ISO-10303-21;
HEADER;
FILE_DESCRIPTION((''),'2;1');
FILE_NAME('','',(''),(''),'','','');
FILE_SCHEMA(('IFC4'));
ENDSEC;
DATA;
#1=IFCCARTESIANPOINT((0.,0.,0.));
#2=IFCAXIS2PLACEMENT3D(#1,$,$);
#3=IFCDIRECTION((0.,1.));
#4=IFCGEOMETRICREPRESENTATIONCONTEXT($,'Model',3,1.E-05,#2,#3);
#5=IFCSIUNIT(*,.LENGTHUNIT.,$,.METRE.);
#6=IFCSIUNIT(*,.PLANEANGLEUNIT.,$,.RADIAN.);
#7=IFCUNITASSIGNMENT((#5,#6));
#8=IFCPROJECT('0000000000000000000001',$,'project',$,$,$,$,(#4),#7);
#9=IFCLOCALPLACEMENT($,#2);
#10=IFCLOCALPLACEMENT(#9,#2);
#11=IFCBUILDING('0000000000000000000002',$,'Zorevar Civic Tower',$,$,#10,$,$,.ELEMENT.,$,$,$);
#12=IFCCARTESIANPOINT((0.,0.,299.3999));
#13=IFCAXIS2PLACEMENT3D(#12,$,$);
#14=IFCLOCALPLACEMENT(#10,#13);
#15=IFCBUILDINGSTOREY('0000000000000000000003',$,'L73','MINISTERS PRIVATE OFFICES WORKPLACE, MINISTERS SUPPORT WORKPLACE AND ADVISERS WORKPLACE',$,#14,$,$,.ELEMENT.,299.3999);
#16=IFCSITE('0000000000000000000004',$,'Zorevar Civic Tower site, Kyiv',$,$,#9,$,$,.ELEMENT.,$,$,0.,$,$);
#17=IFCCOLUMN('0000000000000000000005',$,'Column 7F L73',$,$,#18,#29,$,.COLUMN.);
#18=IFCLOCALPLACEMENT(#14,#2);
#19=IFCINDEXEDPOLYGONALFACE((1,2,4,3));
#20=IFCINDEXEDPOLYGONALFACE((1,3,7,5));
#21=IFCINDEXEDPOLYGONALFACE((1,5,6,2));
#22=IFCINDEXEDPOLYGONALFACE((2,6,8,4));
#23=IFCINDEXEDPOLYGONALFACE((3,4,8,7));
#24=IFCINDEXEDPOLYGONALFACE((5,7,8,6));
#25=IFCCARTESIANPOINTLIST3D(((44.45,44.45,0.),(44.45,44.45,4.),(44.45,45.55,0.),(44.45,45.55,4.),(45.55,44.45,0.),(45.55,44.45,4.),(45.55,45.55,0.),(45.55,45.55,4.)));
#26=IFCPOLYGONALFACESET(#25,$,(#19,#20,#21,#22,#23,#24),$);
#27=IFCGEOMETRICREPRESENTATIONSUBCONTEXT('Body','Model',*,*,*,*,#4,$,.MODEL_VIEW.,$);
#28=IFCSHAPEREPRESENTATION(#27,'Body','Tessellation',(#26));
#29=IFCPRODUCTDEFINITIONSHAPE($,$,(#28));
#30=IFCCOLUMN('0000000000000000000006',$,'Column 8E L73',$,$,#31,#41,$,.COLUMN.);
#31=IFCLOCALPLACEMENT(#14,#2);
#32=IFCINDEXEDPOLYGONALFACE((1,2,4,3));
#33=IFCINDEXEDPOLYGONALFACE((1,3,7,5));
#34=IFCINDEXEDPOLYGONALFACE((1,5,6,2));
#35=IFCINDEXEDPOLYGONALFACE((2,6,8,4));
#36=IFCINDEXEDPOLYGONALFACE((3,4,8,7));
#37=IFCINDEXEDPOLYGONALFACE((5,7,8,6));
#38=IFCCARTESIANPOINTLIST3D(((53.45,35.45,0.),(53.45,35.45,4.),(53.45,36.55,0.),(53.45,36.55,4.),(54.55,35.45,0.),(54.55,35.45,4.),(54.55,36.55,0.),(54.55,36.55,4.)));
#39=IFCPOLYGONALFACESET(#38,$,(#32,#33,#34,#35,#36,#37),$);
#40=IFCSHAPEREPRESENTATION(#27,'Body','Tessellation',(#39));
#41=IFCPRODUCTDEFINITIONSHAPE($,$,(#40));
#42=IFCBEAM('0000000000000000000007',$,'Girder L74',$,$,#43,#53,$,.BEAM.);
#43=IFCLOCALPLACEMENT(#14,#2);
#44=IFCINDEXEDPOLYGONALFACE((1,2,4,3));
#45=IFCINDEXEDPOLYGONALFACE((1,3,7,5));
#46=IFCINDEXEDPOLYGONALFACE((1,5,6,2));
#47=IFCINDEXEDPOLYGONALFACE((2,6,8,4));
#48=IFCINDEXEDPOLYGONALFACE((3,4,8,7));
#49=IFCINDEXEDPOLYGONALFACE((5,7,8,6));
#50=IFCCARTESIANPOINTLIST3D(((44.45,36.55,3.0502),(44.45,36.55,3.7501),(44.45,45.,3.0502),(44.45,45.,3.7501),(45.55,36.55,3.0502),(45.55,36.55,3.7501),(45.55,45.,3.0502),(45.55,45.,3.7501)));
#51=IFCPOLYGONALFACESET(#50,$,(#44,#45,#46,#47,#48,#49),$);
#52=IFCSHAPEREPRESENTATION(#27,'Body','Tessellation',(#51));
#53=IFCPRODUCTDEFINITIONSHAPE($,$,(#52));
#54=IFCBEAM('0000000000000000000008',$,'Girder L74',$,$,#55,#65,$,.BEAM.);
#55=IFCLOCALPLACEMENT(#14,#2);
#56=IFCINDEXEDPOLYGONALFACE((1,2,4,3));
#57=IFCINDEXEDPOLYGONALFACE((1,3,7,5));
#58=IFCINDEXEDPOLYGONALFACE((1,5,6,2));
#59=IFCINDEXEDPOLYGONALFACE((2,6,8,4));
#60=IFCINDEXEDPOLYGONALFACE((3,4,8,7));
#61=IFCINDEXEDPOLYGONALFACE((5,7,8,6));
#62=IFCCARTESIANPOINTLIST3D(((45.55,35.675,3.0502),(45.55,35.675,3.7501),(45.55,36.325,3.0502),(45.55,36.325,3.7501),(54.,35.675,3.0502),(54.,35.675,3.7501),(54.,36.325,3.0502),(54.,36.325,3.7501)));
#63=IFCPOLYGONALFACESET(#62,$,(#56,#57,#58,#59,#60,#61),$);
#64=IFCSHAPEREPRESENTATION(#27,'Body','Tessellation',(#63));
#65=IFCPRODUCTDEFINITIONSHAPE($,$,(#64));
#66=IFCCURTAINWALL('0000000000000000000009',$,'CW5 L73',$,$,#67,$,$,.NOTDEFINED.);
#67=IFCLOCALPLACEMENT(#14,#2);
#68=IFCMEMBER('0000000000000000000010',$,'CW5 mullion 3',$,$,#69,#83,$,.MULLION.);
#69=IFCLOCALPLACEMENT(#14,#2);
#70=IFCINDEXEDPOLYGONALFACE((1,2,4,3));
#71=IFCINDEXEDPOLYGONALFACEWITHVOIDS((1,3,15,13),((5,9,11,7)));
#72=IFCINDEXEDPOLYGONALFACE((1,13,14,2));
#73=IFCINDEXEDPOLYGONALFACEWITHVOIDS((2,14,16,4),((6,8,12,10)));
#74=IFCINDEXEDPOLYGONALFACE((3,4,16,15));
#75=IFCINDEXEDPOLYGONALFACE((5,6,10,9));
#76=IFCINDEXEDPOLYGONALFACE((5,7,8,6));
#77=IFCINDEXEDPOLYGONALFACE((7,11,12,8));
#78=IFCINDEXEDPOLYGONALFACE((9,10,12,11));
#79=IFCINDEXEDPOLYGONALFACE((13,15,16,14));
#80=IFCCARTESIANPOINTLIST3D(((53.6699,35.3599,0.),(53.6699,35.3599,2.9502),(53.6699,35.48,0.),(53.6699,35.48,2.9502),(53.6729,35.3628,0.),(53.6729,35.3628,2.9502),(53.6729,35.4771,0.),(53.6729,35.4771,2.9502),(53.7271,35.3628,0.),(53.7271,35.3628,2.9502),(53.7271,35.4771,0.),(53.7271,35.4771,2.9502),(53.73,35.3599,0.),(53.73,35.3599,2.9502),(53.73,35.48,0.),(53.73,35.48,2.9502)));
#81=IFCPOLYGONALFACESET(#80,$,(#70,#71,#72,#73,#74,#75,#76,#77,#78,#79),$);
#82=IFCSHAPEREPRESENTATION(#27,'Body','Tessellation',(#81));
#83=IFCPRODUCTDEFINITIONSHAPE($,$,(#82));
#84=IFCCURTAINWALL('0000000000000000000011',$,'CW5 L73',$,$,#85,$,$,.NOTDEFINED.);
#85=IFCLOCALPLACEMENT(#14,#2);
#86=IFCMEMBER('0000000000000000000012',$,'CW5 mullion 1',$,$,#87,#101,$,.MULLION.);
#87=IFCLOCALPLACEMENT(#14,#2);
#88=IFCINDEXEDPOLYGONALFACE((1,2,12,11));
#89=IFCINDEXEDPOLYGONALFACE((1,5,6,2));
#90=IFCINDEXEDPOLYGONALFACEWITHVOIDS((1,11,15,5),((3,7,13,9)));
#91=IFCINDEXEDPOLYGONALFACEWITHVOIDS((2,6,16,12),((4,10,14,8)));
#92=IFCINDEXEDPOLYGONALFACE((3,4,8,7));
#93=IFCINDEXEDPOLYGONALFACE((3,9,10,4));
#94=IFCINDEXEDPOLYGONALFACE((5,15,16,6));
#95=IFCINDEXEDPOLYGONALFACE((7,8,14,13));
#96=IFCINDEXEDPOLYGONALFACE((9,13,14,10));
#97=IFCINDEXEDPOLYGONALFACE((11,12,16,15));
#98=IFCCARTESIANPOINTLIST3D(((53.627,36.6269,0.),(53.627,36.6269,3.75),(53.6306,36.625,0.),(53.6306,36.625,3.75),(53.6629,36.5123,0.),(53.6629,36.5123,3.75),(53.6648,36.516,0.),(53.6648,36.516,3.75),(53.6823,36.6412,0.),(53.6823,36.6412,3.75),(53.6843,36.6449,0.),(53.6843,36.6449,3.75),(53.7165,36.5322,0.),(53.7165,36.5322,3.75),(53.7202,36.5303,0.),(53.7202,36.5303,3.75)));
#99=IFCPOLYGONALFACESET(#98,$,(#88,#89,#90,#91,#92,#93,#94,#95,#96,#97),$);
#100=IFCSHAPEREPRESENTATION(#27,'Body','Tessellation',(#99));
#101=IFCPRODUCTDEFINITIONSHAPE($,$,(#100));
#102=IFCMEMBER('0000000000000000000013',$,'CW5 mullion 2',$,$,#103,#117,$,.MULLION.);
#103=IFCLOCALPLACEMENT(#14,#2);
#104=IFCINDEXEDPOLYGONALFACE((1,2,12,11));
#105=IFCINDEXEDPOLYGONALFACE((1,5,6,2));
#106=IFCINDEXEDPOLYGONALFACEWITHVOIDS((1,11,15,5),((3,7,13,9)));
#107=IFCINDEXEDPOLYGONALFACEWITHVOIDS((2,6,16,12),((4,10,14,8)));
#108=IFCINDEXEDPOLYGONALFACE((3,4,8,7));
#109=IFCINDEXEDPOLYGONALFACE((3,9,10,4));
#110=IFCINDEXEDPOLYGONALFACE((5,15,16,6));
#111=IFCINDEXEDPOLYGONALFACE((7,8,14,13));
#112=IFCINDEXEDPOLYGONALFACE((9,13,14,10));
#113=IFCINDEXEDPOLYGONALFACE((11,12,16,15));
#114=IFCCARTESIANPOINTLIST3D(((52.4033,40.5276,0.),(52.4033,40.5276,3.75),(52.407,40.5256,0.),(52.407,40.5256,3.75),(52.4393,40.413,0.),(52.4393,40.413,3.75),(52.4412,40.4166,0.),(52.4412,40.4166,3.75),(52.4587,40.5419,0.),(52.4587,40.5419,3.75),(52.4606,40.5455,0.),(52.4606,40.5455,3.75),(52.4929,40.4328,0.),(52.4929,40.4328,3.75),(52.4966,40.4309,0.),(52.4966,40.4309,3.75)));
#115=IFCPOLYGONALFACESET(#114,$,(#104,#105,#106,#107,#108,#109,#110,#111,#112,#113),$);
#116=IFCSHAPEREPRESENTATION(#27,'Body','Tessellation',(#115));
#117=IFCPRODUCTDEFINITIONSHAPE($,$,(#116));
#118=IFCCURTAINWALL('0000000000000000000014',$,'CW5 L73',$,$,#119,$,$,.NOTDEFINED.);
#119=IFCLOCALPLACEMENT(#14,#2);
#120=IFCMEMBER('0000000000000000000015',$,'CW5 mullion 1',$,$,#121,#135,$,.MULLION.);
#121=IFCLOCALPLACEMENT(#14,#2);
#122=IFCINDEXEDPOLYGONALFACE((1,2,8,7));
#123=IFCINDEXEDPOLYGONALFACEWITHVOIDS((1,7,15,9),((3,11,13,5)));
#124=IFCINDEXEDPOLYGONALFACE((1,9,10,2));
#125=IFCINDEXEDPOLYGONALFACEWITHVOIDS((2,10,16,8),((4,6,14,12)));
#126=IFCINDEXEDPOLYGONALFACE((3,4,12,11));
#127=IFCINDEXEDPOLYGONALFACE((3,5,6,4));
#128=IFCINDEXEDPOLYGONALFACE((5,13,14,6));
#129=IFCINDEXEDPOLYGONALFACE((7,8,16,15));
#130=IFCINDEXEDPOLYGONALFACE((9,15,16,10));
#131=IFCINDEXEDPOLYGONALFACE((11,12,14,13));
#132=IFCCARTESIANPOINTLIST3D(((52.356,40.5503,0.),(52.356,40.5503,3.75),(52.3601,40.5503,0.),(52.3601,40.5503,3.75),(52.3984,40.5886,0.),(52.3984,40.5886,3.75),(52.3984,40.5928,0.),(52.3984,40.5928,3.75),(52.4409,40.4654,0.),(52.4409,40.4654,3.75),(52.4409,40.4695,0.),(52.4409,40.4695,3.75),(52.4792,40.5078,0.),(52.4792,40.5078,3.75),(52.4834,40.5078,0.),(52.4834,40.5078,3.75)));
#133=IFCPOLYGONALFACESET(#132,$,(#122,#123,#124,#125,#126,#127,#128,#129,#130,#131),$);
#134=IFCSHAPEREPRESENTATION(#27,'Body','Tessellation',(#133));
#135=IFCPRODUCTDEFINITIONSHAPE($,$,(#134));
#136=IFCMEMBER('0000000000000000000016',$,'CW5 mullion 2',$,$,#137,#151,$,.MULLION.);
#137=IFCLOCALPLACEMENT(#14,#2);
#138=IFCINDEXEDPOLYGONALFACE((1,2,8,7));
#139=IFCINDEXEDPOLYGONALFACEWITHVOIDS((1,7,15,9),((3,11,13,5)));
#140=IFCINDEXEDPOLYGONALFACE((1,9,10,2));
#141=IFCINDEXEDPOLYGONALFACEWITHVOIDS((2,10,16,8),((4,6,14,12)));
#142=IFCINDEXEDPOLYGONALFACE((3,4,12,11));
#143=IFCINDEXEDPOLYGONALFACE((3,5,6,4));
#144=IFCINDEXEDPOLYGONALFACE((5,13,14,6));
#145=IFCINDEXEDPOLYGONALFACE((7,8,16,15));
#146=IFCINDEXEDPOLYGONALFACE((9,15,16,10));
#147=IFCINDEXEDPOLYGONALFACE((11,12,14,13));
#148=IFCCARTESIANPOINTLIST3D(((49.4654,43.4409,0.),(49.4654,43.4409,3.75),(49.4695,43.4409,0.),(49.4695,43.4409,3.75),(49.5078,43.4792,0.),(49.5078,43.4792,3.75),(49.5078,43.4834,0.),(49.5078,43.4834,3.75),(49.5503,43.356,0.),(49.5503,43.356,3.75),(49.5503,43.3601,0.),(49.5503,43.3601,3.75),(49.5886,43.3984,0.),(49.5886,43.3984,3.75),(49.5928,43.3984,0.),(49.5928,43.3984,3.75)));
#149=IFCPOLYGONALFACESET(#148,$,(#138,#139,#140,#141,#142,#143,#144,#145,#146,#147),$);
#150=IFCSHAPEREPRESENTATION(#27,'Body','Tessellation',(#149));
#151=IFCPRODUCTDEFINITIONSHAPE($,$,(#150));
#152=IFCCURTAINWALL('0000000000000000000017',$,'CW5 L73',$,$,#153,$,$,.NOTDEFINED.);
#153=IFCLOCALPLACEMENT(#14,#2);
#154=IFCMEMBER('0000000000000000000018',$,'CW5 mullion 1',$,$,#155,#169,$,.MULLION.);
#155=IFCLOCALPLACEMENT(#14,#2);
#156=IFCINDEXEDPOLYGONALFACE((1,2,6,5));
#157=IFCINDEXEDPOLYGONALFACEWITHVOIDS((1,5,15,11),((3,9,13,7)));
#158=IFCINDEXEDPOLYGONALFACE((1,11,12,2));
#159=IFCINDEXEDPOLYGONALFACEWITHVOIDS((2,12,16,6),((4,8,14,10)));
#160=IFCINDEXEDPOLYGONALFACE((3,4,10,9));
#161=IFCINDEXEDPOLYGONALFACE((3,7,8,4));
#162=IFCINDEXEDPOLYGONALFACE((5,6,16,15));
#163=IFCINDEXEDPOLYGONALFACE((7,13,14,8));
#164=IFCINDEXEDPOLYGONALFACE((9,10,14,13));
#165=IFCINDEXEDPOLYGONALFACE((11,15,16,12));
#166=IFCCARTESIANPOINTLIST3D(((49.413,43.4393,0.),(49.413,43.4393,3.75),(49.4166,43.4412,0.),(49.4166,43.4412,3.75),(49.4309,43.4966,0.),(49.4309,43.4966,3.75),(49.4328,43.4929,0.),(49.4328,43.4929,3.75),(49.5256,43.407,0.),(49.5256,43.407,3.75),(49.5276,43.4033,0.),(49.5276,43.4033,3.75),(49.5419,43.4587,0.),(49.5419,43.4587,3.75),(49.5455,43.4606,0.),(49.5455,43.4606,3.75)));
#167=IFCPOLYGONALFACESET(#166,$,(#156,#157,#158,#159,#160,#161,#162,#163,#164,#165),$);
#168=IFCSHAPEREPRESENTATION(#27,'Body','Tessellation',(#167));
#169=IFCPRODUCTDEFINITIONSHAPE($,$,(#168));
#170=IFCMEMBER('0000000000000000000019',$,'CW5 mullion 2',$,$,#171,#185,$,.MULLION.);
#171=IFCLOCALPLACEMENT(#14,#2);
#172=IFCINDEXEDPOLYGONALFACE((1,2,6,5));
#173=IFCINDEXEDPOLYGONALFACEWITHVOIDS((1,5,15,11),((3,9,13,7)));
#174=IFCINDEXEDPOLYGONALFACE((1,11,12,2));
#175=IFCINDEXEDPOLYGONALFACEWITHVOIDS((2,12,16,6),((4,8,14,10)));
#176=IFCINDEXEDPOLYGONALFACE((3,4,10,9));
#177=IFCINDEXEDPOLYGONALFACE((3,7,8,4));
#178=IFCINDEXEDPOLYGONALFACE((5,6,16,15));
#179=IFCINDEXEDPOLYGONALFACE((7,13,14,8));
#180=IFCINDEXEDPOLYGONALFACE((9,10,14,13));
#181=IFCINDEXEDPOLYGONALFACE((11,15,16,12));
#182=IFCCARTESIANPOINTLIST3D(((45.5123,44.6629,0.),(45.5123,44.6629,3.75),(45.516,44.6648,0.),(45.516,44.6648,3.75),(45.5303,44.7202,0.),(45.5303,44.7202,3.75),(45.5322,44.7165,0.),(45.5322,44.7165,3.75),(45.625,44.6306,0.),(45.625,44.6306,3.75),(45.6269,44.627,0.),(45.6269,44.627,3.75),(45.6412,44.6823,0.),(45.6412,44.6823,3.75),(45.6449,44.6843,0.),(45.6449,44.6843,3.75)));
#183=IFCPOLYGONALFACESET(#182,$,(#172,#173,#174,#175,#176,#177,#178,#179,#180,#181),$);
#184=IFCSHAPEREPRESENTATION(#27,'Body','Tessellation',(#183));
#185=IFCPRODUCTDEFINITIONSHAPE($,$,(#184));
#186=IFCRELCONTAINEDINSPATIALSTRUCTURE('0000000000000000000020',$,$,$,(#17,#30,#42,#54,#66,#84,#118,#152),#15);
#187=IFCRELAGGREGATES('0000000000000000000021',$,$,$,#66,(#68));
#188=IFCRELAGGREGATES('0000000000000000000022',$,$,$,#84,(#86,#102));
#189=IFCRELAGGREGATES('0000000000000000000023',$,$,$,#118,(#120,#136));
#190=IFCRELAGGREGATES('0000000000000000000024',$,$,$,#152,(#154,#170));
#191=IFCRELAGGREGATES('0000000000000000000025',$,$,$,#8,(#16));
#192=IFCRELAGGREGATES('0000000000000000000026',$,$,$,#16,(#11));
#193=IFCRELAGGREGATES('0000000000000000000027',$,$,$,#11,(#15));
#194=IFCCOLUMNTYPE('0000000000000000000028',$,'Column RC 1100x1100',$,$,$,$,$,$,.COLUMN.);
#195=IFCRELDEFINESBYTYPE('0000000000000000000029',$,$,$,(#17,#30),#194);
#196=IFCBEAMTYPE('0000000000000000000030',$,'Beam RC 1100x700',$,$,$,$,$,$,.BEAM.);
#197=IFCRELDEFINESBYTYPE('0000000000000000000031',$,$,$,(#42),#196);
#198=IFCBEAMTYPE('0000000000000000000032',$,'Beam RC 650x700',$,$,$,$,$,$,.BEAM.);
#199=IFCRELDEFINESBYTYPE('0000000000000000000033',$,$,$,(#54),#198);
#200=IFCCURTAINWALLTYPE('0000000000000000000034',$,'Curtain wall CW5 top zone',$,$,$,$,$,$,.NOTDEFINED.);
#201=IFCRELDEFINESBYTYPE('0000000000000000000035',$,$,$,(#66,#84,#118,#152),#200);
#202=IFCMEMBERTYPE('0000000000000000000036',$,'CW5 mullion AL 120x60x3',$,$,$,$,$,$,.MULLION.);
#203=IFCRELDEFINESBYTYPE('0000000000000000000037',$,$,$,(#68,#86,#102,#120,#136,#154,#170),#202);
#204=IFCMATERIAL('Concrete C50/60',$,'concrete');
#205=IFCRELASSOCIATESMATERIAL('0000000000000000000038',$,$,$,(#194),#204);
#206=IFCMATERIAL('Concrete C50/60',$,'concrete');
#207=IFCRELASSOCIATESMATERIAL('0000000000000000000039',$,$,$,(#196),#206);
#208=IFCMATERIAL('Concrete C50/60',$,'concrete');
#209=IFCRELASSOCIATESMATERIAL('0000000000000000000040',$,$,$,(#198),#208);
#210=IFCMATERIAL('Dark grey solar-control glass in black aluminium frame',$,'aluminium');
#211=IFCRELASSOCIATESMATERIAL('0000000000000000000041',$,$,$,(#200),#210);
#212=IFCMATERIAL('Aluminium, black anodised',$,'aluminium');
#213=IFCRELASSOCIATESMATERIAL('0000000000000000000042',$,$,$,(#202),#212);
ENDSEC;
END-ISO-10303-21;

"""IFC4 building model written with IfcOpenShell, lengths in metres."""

from ifc_helpers import new_model, si_unit, direction, frame, origin, origin_2d, place, context, subcontext, project, spatial, rectangle, hollow_rectangle, extrude, material, material_profile, profile_set, type_object, element, aggregate, save


model = new_model("IFC4")

# Units and contexts
model_context = context("Model", 3, precision=1e-05, world=origin(), true_north=direction((0.0, 1.0)))
body_context = subcontext(model_context, "Body", "Model", "MODEL_VIEW")
ifc_project = project(units=[si_unit("LENGTHUNIT", "METRE"), si_unit("PLANEANGLEUNIT", "RADIAN")], contexts=[model_context])

# Site, building, storey
site_placement = place(None, origin())
site = spatial("IfcSite", under=ifc_project, at=site_placement, Name="Zorevar Civic Tower site, Kyiv", CompositionType="ELEMENT", RefElevation=0.0)
building_placement = place(site_placement, origin())
building = spatial("IfcBuilding", under=site, at=building_placement, Name="Zorevar Civic Tower", CompositionType="ELEMENT")
storey_placement = place(building_placement, frame((0.0, 0.0, 299.3999)))
storey = spatial("IfcBuildingStorey", under=building, at=storey_placement, Name="L73", Description="MINISTERS PRIVATE OFFICES WORKPLACE, MINISTERS SUPPORT WORKPLACE AND ADVISERS WORKPLACE", CompositionType="ELEMENT", Elevation=299.3999)

# Columns
ifc_material_1 = material(Name="Concrete C50/60", Category="concrete")
ifc_material_profile_1 = material_profile(ifc_material_1, rectangle(XDim=1.1001, YDim=1.1001, at=origin_2d()), Name="RC 1100x1100")
ifc_profile_set_1 = profile_set([ifc_material_profile_1], Name="Concrete C50/60")
column_type = type_object("IfcColumnType", Name="Column RC 1100x1100", PredefinedType="COLUMN", material=ifc_profile_set_1)
for number, where, z_axis, x_axis, name in (
    (1, (45.0, 45.0, 0.0), (0.0, 0.0, 1.0), (1.0, 0.0, 0.0), "Column 7F L73"),
    (2, (54.0, 36.0, 0.0), (0.0, 0.0, 1.0), (1.0, 0.0, 0.0), "Column 8E L73"),
):
    element("IfcColumn", number, at=place(storey_placement, frame(where, z_axis=z_axis, x_axis=x_axis)), inside=storey, type_object=column_type, Name=name, PredefinedType="COLUMN", context=body_context, shape_type="SweptSolid", body=[
        extrude(rectangle(XDim=1.1001, YDim=1.1001, at=origin_2d()), origin(), (0.0, 0.0, 1.0), 4.0),
    ])

# Beams
ifc_material_2 = material(Name="Concrete C50/60", Category="concrete")
ifc_material_profile_2 = material_profile(ifc_material_2, rectangle(XDim=1.1001, YDim=0.7, at=origin_2d()), Name="RC 1100x700")
ifc_profile_set_2 = profile_set([ifc_material_profile_2], Name="Concrete C50/60")
beam_type_1 = type_object("IfcBeamType", Name="Beam RC 1100x700", PredefinedType="BEAM", material=ifc_profile_set_2)
beam_1_placement = place(storey_placement, frame((45.0, 36.55, 3.4001), z_axis=(0.0, 1.0, 0.0), x_axis=(-1.0, 0.0, 0.0)))
element("IfcBeam", 3, at=beam_1_placement, inside=storey, type_object=beam_type_1, Name="Girder L74", PredefinedType="BEAM", context=body_context, shape_type="SweptSolid", body=[
    extrude(rectangle(XDim=1.1001, YDim=0.7, at=origin_2d()), origin(), (0.0, 0.0, 1.0), 8.45),
])
ifc_material_3 = material(Name="Concrete C50/60", Category="concrete")
ifc_material_profile_3 = material_profile(ifc_material_3, rectangle(XDim=0.6499, YDim=0.7, at=origin_2d()), Name="RC 650x700")
ifc_profile_set_3 = profile_set([ifc_material_profile_3], Name="Concrete C50/60")
beam_type_2 = type_object("IfcBeamType", Name="Beam RC 650x700", PredefinedType="BEAM", material=ifc_profile_set_3)
beam_2_placement = place(storey_placement, frame((45.55, 36.0, 3.4001), z_axis=(1.0, 0.0, 0.0), x_axis=(0.0, 1.0, 0.0)))
element("IfcBeam", 4, at=beam_2_placement, inside=storey, type_object=beam_type_2, Name="Girder L74", PredefinedType="BEAM", context=body_context, shape_type="SweptSolid", body=[
    extrude(rectangle(XDim=0.6499, YDim=0.7, at=origin_2d()), origin(), (0.0, 0.0, 1.0), 8.45),
])

# Curtain wall, member
ifc_material_4 = material(Name="Dark grey solar-control glass in black aluminium frame", Category="aluminium")
curtain_wall_type = type_object("IfcCurtainWallType", Name="Curtain wall CW5 top zone", PredefinedType="NOTDEFINED", material=ifc_material_4)
curtain_wall_1_placement = place(storey_placement, origin())
curtain_wall_1 = element("IfcCurtainWall", 5, at=curtain_wall_1_placement, inside=storey, type_object=curtain_wall_type, Name="CW5 L73", PredefinedType="NOTDEFINED")
ifc_material_5 = material(Name="Aluminium, black anodised", Category="aluminium")
ifc_material_profile_4 = material_profile(ifc_material_5, hollow_rectangle(XDim=0.0601, YDim=0.1201, WallThickness=0.0029, at=origin_2d()), Name="AL 120x60x3")
ifc_profile_set_4 = profile_set([ifc_material_profile_4], Name="Aluminium, black anodised")
member_type_1 = type_object("IfcMemberType", Name="CW5 mullion AL 120x60x3", PredefinedType="MULLION", material=ifc_profile_set_4)
member_1_placement = place(storey_placement, frame((53.7, 35.4199, 0.0), z_axis=(0.0, 0.0, 1.0), x_axis=(-1.0, 0.0, 0.0)))
member_1 = element("IfcMember", 6, at=member_1_placement, type_object=member_type_1, Name="CW5 mullion 3", PredefinedType="MULLION", context=body_context, shape_type="SweptSolid", body=[
    extrude(hollow_rectangle(XDim=0.0601, YDim=0.1201, WallThickness=0.0029, at=origin_2d()), origin(), (0.0, 0.0, 1.0), 2.9502),
])

# Curtain walls, members
curtain_wall_2_placement = place(storey_placement, origin())
curtain_wall_2 = element("IfcCurtainWall", 7, at=curtain_wall_2_placement, inside=storey, type_object=curtain_wall_type, Name="CW5 L73", PredefinedType="NOTDEFINED")
member_2_placement = place(storey_placement, frame((53.6736, 36.5786, 0.0), z_axis=(0.0, 0.0, 1.0), x_axis=(-0.954153, -0.299318, 0.0)))
member_2 = element("IfcMember", 8, at=member_2_placement, type_object=member_type_1, Name="CW5 mullion 1", PredefinedType="MULLION", context=body_context, shape_type="SweptSolid", body=[
    extrude(hollow_rectangle(XDim=0.0601, YDim=0.1201, WallThickness=0.0029, at=origin_2d()), origin(), (0.0, 0.0, 1.0), 3.75),
])
member_3_placement = place(storey_placement, frame((52.45, 40.4792, 0.0), z_axis=(0.0, 0.0, 1.0), x_axis=(-0.954153, -0.299318, 0.0)))
member_3 = element("IfcMember", 9, at=member_3_placement, type_object=member_type_1, Name="CW5 mullion 2", PredefinedType="MULLION", context=body_context, shape_type="SweptSolid", body=[
    extrude(hollow_rectangle(XDim=0.0601, YDim=0.1201, WallThickness=0.0029, at=origin_2d()), origin(), (0.0, 0.0, 1.0), 3.75),
])
curtain_wall_3_placement = place(storey_placement, origin())
curtain_wall_3 = element("IfcCurtainWall", 10, at=curtain_wall_3_placement, inside=storey, type_object=curtain_wall_type, Name="CW5 L73", PredefinedType="NOTDEFINED")
member_4_placement = place(storey_placement, frame((52.4197, 40.5291, 0.0), z_axis=(0.0, 0.0, 1.0), x_axis=(-0.707107, -0.707107, 0.0)))
member_4 = element("IfcMember", 11, at=member_4_placement, type_object=member_type_1, Name="CW5 mullion 1", PredefinedType="MULLION", context=body_context, shape_type="SweptSolid", body=[
    extrude(hollow_rectangle(XDim=0.0601, YDim=0.1201, WallThickness=0.0029, at=origin_2d()), origin(), (0.0, 0.0, 1.0), 3.75),
])
member_5_placement = place(storey_placement, frame((49.5291, 43.4197, 0.0), z_axis=(0.0, 0.0, 1.0), x_axis=(-0.707107, -0.707107, 0.0)))
member_5 = element("IfcMember", 12, at=member_5_placement, type_object=member_type_1, Name="CW5 mullion 2", PredefinedType="MULLION", context=body_context, shape_type="SweptSolid", body=[
    extrude(hollow_rectangle(XDim=0.0601, YDim=0.1201, WallThickness=0.0029, at=origin_2d()), origin(), (0.0, 0.0, 1.0), 3.75),
])
curtain_wall_4_placement = place(storey_placement, origin())
curtain_wall_4 = element("IfcCurtainWall", 13, at=curtain_wall_4_placement, inside=storey, type_object=curtain_wall_type, Name="CW5 L73", PredefinedType="NOTDEFINED")
member_6_placement = place(storey_placement, frame((49.4792, 43.45, 0.0), z_axis=(0.0, 0.0, 1.0), x_axis=(-0.299318, -0.954153, 0.0)))
member_6 = element("IfcMember", 14, at=member_6_placement, type_object=member_type_1, Name="CW5 mullion 1", PredefinedType="MULLION", context=body_context, shape_type="SweptSolid", body=[
    extrude(hollow_rectangle(XDim=0.0601, YDim=0.1201, WallThickness=0.0029, at=origin_2d()), origin(), (0.0, 0.0, 1.0), 3.75),
])
member_7_placement = place(storey_placement, frame((45.5786, 44.6736, 0.0), z_axis=(0.0, 0.0, 1.0), x_axis=(-0.299318, -0.954153, 0.0)))
member_7 = element("IfcMember", 15, at=member_7_placement, type_object=member_type_1, Name="CW5 mullion 2", PredefinedType="MULLION", context=body_context, shape_type="SweptSolid", body=[
    extrude(hollow_rectangle(XDim=0.0601, YDim=0.1201, WallThickness=0.0029, at=origin_2d()), origin(), (0.0, 0.0, 1.0), 3.75),
])

aggregate(curtain_wall_1, [member_1])
aggregate(curtain_wall_2, [member_2, member_3])
aggregate(curtain_wall_3, [member_4, member_5])
aggregate(curtain_wall_4, [member_6, member_7])

save(model, "model.ifc")
